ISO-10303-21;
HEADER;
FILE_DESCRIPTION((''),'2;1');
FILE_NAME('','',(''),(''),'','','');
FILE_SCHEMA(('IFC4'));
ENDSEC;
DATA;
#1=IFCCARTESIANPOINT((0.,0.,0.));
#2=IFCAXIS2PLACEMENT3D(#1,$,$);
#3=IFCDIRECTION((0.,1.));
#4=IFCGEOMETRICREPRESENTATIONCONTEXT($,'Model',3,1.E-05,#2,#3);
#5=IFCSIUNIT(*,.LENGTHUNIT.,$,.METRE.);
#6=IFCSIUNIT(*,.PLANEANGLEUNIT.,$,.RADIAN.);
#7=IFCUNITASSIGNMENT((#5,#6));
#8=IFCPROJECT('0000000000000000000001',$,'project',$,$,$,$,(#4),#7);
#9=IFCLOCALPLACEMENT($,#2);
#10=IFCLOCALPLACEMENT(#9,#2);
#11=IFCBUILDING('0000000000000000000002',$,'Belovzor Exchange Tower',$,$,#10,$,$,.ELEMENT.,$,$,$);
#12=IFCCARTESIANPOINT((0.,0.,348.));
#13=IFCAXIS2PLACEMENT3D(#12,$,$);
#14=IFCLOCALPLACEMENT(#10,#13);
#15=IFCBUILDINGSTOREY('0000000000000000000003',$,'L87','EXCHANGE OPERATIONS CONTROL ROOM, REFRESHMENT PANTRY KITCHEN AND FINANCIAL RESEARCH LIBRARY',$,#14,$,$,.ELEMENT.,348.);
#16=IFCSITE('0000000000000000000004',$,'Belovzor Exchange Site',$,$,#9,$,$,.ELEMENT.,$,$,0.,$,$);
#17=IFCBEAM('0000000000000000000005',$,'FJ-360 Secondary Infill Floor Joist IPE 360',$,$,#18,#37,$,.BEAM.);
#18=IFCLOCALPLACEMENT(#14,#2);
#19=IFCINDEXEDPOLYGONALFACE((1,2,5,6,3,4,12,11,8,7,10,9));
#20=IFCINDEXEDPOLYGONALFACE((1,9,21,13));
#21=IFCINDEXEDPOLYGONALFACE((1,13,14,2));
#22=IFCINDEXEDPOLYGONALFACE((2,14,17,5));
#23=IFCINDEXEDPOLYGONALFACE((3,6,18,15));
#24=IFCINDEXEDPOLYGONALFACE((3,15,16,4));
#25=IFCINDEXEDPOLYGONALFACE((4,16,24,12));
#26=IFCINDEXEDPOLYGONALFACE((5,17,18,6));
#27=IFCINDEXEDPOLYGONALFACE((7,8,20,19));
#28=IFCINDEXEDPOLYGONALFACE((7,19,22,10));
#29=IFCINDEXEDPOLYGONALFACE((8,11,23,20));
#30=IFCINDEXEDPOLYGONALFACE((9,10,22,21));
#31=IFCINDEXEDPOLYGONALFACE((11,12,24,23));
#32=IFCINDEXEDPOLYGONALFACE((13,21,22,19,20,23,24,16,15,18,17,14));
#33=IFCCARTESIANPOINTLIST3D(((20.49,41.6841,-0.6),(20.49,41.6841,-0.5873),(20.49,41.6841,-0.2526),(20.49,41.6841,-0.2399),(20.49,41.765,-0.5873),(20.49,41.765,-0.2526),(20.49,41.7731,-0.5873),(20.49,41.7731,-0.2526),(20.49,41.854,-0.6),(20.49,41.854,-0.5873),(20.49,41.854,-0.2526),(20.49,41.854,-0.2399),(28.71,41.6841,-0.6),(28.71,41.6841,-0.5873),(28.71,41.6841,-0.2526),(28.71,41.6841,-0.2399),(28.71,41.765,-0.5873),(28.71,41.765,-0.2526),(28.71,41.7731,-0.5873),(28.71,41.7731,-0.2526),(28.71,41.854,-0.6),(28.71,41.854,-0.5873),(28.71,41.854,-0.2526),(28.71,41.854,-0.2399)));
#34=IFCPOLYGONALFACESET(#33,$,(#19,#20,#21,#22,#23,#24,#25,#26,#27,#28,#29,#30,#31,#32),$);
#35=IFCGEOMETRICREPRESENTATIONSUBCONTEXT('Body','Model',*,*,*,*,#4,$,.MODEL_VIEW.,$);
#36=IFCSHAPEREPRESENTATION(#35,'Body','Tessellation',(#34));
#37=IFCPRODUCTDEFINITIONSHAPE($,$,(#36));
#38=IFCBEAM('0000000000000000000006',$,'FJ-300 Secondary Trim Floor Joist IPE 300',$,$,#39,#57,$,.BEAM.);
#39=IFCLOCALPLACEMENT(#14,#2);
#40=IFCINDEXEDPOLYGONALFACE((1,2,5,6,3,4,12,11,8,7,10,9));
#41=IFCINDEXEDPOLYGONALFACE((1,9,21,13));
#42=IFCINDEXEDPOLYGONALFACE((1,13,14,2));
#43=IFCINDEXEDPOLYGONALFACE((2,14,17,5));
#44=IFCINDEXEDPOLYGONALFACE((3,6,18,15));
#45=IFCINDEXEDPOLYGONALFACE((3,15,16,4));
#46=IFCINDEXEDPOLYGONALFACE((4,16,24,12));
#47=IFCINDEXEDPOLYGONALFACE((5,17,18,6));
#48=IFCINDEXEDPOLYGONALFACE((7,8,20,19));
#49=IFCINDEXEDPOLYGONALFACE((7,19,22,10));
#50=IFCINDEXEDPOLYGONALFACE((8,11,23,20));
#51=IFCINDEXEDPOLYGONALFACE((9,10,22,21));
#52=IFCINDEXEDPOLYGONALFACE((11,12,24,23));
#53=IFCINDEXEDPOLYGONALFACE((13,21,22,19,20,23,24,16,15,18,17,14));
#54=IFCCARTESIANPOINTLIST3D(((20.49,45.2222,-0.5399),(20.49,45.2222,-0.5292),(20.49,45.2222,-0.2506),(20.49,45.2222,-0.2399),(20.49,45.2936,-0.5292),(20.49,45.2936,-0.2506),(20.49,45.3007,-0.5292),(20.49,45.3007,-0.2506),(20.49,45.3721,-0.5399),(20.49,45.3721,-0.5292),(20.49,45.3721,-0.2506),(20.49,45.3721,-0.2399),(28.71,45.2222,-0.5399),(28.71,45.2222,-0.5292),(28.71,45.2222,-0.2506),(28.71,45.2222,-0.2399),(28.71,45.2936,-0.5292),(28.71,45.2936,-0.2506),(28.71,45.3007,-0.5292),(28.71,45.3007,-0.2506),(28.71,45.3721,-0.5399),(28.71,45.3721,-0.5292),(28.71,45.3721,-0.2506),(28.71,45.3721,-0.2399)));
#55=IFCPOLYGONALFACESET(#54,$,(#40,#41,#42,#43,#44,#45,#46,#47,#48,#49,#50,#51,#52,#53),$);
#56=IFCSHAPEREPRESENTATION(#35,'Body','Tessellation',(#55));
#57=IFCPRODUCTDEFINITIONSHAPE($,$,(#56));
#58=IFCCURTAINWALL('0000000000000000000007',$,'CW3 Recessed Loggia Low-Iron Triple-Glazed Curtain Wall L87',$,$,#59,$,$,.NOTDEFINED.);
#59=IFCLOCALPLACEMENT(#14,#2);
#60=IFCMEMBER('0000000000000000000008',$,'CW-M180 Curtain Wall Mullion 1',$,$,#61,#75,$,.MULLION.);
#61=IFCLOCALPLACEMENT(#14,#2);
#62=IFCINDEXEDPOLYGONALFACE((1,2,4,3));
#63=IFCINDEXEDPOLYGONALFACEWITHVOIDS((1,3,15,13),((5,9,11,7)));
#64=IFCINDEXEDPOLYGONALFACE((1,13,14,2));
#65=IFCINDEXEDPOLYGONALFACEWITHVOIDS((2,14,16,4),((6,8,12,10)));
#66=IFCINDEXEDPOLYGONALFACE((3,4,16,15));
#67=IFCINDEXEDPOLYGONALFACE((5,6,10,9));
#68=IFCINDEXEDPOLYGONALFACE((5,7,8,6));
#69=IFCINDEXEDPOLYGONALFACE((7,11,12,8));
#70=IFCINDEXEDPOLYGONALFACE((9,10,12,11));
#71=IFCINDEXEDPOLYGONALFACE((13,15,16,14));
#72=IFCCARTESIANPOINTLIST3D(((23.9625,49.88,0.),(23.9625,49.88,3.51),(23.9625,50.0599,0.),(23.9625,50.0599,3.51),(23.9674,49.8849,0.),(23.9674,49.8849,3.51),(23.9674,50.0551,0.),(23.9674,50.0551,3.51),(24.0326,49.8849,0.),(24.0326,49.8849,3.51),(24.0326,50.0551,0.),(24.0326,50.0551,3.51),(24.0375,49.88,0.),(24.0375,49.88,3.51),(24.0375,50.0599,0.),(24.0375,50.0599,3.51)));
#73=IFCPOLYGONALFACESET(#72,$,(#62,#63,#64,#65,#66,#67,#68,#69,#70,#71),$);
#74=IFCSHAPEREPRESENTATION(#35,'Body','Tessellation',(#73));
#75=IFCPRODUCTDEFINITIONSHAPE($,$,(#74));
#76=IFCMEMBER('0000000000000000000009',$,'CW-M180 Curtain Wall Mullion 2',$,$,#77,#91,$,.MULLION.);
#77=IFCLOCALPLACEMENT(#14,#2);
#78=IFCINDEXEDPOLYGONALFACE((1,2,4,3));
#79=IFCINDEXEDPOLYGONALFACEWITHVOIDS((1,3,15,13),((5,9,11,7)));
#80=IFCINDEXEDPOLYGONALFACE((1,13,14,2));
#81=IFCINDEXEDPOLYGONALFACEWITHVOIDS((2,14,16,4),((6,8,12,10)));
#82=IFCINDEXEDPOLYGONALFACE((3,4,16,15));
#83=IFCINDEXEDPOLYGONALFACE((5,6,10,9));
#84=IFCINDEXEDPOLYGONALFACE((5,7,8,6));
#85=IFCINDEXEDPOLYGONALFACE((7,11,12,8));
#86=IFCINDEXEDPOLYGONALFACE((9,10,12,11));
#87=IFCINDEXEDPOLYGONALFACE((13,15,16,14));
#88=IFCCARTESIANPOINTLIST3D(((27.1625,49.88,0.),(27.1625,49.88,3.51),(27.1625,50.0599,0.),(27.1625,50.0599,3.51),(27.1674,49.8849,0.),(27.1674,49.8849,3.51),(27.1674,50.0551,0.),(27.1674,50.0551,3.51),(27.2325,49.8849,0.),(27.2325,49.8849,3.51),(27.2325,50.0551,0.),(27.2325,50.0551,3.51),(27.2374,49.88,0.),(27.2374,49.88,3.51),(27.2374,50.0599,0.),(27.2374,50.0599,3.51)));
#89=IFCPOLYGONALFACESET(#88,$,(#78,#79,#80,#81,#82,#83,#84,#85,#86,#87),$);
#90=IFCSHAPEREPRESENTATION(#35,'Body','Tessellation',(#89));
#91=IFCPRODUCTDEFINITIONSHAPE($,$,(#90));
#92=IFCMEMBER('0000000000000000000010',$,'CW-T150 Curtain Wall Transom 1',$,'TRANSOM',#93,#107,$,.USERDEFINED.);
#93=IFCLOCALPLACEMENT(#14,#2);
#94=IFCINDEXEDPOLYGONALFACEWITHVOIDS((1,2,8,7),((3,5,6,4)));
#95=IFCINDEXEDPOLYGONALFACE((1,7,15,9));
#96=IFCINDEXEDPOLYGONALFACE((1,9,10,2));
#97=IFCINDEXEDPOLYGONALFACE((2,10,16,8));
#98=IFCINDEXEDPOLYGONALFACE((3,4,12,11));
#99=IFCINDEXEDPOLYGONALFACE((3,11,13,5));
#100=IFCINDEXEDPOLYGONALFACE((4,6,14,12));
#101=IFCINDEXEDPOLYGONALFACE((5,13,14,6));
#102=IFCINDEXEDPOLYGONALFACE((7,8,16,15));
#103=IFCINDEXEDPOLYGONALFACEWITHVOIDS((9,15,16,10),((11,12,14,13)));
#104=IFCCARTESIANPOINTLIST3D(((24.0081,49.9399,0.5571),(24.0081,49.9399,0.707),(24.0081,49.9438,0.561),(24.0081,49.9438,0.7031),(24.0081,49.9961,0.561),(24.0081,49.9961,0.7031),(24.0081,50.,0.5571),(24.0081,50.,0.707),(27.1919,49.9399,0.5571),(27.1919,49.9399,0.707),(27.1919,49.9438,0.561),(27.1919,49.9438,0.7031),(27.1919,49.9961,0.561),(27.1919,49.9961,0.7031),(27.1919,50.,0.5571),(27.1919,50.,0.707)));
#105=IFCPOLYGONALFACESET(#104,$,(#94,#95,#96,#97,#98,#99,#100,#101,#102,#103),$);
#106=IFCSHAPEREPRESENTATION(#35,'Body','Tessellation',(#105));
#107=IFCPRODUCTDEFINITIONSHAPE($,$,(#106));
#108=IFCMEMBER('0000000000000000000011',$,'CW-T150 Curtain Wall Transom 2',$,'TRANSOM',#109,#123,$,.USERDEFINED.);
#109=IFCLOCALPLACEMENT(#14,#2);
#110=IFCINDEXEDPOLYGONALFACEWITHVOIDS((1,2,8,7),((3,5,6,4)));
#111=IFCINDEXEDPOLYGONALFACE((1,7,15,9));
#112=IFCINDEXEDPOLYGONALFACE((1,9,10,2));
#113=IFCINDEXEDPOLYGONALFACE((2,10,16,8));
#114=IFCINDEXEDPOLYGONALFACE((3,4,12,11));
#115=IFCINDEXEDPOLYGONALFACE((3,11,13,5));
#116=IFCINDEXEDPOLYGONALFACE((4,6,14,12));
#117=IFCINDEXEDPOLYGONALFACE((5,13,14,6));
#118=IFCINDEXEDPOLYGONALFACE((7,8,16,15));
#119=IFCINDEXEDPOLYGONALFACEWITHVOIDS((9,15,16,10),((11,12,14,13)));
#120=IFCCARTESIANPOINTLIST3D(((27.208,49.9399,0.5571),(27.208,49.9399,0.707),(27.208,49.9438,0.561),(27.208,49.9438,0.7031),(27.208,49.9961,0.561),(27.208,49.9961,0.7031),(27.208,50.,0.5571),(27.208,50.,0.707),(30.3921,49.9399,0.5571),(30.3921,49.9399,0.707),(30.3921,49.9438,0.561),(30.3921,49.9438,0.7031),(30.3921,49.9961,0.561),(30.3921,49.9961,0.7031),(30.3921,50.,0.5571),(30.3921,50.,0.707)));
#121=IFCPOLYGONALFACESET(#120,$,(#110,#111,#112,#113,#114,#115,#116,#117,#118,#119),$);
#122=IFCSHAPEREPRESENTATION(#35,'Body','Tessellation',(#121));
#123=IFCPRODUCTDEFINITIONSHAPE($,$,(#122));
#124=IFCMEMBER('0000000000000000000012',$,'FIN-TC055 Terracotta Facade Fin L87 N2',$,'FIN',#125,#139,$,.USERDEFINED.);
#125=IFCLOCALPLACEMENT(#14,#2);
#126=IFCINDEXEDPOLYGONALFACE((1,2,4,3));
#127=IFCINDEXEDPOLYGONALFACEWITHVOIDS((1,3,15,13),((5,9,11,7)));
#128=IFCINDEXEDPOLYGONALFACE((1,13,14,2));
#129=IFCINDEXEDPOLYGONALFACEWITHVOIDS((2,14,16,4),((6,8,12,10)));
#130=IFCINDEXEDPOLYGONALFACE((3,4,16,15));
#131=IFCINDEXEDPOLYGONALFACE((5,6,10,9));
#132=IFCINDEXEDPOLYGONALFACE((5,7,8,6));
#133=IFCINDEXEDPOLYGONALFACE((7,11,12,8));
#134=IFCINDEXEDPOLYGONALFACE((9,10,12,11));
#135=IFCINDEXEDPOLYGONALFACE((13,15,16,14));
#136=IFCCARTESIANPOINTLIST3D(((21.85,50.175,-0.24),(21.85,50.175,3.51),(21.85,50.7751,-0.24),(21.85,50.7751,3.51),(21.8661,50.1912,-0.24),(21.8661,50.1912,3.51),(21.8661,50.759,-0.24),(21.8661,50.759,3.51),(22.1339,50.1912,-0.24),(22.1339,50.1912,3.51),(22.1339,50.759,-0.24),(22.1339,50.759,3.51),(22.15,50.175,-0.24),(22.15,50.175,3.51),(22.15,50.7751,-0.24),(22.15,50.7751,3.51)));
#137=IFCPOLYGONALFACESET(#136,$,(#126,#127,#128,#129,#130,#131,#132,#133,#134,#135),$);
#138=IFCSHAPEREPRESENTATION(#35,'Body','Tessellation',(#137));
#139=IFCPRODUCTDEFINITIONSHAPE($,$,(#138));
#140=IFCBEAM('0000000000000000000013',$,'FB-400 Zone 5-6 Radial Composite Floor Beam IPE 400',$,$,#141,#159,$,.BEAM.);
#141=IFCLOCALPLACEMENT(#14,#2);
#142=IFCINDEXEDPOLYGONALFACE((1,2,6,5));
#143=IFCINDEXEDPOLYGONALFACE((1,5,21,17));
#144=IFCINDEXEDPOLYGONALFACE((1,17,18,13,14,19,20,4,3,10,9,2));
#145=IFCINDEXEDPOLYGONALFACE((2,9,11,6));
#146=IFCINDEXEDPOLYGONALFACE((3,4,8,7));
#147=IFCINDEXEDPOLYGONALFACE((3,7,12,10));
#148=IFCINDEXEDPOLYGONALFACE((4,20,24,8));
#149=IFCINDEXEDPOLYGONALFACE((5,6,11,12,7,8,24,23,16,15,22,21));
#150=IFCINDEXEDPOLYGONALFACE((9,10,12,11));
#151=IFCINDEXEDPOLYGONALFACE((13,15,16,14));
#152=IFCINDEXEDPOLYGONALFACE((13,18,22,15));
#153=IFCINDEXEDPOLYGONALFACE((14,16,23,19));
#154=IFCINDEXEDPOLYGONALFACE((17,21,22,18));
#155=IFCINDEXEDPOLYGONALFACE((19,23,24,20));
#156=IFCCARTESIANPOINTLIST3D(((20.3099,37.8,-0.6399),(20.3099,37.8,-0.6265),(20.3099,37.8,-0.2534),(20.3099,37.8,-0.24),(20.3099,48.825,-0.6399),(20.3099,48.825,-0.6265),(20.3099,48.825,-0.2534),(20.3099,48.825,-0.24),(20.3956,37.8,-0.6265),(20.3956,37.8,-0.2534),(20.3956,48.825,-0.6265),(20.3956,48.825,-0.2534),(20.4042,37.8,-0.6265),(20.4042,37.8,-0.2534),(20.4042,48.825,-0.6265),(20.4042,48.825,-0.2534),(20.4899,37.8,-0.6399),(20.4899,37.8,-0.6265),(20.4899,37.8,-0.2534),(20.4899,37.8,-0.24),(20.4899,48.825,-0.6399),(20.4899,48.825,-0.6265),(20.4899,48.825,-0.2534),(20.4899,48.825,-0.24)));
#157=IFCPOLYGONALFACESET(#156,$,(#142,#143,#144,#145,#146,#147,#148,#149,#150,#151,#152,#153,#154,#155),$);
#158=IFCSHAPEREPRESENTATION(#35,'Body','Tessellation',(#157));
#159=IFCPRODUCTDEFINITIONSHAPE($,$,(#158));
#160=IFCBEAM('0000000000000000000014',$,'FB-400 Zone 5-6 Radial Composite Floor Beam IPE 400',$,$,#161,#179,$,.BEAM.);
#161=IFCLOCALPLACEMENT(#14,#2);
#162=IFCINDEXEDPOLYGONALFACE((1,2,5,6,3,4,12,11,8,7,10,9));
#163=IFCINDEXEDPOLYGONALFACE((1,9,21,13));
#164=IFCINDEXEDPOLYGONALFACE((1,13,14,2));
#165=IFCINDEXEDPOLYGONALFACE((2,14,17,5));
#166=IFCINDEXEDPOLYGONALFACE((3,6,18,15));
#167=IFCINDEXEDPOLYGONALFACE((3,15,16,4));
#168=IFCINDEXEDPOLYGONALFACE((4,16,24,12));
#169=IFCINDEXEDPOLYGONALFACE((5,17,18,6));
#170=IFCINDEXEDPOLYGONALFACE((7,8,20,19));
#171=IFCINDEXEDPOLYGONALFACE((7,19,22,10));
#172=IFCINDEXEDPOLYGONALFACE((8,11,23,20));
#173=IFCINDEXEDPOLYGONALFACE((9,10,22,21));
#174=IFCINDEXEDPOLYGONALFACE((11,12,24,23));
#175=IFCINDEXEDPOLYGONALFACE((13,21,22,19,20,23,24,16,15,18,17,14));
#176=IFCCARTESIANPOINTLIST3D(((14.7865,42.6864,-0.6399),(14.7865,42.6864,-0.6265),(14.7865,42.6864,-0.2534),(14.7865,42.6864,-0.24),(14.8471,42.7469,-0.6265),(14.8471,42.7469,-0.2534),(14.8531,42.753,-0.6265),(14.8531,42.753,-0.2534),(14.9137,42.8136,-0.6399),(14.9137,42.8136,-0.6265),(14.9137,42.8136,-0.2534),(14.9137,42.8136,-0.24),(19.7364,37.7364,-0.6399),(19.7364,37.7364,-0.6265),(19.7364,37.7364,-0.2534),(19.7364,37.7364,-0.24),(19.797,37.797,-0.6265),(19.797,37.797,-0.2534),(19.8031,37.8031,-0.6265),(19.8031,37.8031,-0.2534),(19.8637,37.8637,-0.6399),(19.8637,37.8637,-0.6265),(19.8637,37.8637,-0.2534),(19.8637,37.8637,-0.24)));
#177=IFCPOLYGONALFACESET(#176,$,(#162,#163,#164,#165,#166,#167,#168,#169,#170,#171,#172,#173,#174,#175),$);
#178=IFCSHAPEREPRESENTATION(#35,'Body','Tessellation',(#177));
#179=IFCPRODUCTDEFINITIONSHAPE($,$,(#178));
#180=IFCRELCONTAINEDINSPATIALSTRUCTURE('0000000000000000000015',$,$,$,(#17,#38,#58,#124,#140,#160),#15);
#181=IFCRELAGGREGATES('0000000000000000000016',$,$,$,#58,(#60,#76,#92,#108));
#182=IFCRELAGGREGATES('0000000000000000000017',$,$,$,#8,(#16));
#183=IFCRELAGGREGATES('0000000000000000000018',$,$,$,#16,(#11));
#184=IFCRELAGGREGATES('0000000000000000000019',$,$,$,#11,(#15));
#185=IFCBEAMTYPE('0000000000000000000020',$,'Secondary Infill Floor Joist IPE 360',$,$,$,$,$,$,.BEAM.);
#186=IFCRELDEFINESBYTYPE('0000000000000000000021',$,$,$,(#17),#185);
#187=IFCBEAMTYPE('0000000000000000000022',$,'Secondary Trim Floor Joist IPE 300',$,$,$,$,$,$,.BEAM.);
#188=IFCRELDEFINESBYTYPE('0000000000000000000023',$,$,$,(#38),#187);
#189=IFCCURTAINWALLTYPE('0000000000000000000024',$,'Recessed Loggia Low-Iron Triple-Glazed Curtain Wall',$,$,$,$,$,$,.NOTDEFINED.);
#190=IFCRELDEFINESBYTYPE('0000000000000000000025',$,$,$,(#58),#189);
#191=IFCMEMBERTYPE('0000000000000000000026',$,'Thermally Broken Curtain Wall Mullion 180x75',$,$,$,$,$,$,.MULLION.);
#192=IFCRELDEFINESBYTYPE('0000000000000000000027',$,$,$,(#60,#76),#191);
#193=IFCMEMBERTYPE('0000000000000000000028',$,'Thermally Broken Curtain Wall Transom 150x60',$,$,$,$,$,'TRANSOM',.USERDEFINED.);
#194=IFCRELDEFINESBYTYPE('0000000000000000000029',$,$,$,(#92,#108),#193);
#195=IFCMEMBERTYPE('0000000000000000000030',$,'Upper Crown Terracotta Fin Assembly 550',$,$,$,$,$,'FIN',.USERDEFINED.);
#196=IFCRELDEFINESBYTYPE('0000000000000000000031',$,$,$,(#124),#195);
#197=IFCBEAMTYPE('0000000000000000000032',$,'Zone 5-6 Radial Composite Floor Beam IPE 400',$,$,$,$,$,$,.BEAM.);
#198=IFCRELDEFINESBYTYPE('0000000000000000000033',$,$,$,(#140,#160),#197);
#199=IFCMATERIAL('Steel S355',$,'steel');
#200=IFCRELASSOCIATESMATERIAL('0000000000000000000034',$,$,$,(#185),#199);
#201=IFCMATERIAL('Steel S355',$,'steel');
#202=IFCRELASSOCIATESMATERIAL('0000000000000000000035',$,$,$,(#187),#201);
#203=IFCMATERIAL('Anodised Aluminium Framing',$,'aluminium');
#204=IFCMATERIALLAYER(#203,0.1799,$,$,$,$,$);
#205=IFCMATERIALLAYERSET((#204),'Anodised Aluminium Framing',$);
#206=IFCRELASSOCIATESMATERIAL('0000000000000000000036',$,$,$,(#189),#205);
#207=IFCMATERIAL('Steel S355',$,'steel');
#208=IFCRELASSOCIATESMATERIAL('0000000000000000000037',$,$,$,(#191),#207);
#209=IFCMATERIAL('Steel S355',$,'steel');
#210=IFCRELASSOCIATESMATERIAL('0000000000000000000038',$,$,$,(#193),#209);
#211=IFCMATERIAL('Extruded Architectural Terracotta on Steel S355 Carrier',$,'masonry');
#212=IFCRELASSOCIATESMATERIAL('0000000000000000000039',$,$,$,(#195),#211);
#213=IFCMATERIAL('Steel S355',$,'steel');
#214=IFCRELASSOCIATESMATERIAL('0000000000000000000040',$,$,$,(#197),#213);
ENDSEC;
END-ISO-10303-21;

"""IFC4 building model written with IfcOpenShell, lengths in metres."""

from ifc_helpers import new_model, si_unit, direction, frame, origin, origin_2d, place, context, subcontext, project, spatial, hollow_rectangle, i_section, extrude, material, layer, layer_set, material_profile, profile_set, type_object, element, aggregate, save


model = new_model("IFC4")

# Units and contexts
model_context = context("Model", 3, precision=1e-05, world=origin(), true_north=direction((0.0, 1.0)))
body_context = subcontext(model_context, "Body", "Model", "MODEL_VIEW")
ifc_project = project(units=[si_unit("LENGTHUNIT", "METRE"), si_unit("PLANEANGLEUNIT", "RADIAN")], contexts=[model_context])

# Site, building, storey
site_placement = place(None, origin())
site = spatial("IfcSite", under=ifc_project, at=site_placement, Name="Belovzor Exchange Site", CompositionType="ELEMENT", RefElevation=0.0)
building_placement = place(site_placement, origin())
building = spatial("IfcBuilding", under=site, at=building_placement, Name="Belovzor Exchange Tower", CompositionType="ELEMENT")
storey_placement = place(building_placement, frame((0.0, 0.0, 348.0)))
storey = spatial("IfcBuildingStorey", under=building, at=storey_placement, Name="L87", Description="EXCHANGE OPERATIONS CONTROL ROOM, REFRESHMENT PANTRY KITCHEN AND FINANCIAL RESEARCH LIBRARY", CompositionType="ELEMENT", Elevation=348.0)

# Beams
ifc_material_1 = material(Name="Steel S355", Category="steel")
ifc_material_profile_1 = material_profile(ifc_material_1, i_section(OverallWidth=0.1699, OverallDepth=0.3601, WebThickness=0.0081, FlangeThickness=0.0127, at=origin_2d()))
ifc_profile_set_1 = profile_set([ifc_material_profile_1], Name="Steel S355")
beam_type_1 = type_object("IfcBeamType", Name="Secondary Infill Floor Joist IPE 360", PredefinedType="BEAM", material=ifc_profile_set_1)
beam_1_placement = place(storey_placement, frame((20.49, 41.769, -0.4199), z_axis=(1.0, 0.0, 0.0), x_axis=(0.0, 1.0, 0.0)))
element("IfcBeam", 1, at=beam_1_placement, inside=storey, type_object=beam_type_1, Name="FJ-360 Secondary Infill Floor Joist IPE 360", PredefinedType="BEAM", context=body_context, shape_type="SweptSolid", body=[
    extrude(i_section(OverallWidth=0.1699, OverallDepth=0.3601, WebThickness=0.0081, FlangeThickness=0.0127, at=origin_2d()), origin(), (0.0, 0.0, 1.0), 8.22),
])
ifc_material_2 = material(Name="Steel S355", Category="steel")
ifc_material_profile_2 = material_profile(ifc_material_2, i_section(OverallWidth=0.1499, OverallDepth=0.3, WebThickness=0.0071, FlangeThickness=0.0107, at=origin_2d()))
ifc_profile_set_2 = profile_set([ifc_material_profile_2], Name="Steel S355")
beam_type_2 = type_object("IfcBeamType", Name="Secondary Trim Floor Joist IPE 300", PredefinedType="BEAM", material=ifc_profile_set_2)
beam_2_placement = place(storey_placement, frame((20.49, 45.2971, -0.3899), z_axis=(1.0, 0.0, 0.0), x_axis=(0.0, 1.0, 0.0)))
element("IfcBeam", 2, at=beam_2_placement, inside=storey, type_object=beam_type_2, Name="FJ-300 Secondary Trim Floor Joist IPE 300", PredefinedType="BEAM", context=body_context, shape_type="SweptSolid", body=[
    extrude(i_section(OverallWidth=0.1499, OverallDepth=0.3, WebThickness=0.0071, FlangeThickness=0.0107, at=origin_2d()), origin(), (0.0, 0.0, 1.0), 8.22),
])

# Curtain wall, members
ifc_material_3 = material(Name="Anodised Aluminium Framing", Category="aluminium")
ifc_layer_1 = layer(ifc_material_3, 0.1799)
ifc_layer_set_1 = layer_set([ifc_layer_1], Name="Anodised Aluminium Framing")
curtain_wall_type = type_object("IfcCurtainWallType", Name="Recessed Loggia Low-Iron Triple-Glazed Curtain Wall", PredefinedType="NOTDEFINED", material=ifc_layer_set_1)
curtain_wall_placement = place(storey_placement, origin())
curtain_wall = element("IfcCurtainWall", 3, at=curtain_wall_placement, inside=storey, type_object=curtain_wall_type, Name="CW3 Recessed Loggia Low-Iron Triple-Glazed Curtain Wall L87", PredefinedType="NOTDEFINED")
ifc_material_4 = material(Name="Steel S355", Category="steel")
ifc_material_profile_3 = material_profile(ifc_material_4, hollow_rectangle(XDim=0.075, YDim=0.1799, WallThickness=0.0049, at=origin_2d()))
ifc_profile_set_3 = profile_set([ifc_material_profile_3], Name="Steel S355")
member_type_1 = type_object("IfcMemberType", Name="Thermally Broken Curtain Wall Mullion 180x75", PredefinedType="MULLION", material=ifc_profile_set_3)
member_1_placement = place(storey_placement, frame((24.0, 49.97, 0.0), z_axis=(0.0, 0.0, 1.0), x_axis=(1.0, 0.0, 0.0)))
member_1 = element("IfcMember", 4, at=member_1_placement, type_object=member_type_1, Name="CW-M180 Curtain Wall Mullion 1", PredefinedType="MULLION", context=body_context, shape_type="SweptSolid", body=[
    extrude(hollow_rectangle(XDim=0.075, YDim=0.1799, WallThickness=0.0049, at=origin_2d()), origin(), (0.0, 0.0, 1.0), 3.51),
])
member_2_placement = place(storey_placement, frame((27.2, 49.97, 0.0), z_axis=(0.0, 0.0, 1.0), x_axis=(1.0, 0.0, 0.0)))
member_2 = element("IfcMember", 5, at=member_2_placement, type_object=member_type_1, Name="CW-M180 Curtain Wall Mullion 2", PredefinedType="MULLION", context=body_context, shape_type="SweptSolid", body=[
    extrude(hollow_rectangle(XDim=0.075, YDim=0.1799, WallThickness=0.0049, at=origin_2d()), origin(), (0.0, 0.0, 1.0), 3.51),
])
ifc_material_5 = material(Name="Steel S355", Category="steel")
ifc_material_profile_4 = material_profile(ifc_material_5, hollow_rectangle(XDim=0.0601, YDim=0.1499, WallThickness=0.0039, at=origin_2d()))
ifc_profile_set_4 = profile_set([ifc_material_profile_4], Name="Steel S355")
member_type_2 = type_object("IfcMemberType", Name="Thermally Broken Curtain Wall Transom 150x60", ElementType="TRANSOM", PredefinedType="USERDEFINED", material=ifc_profile_set_4)
member_3_placement = place(storey_placement, frame((24.0081, 49.97, 0.6321), z_axis=(1.0, 0.0, 0.0), x_axis=(0.0, 1.0, 0.0)))
member_3 = element("IfcMember", 6, at=member_3_placement, type_object=member_type_2, Name="CW-T150 Curtain Wall Transom 1", ObjectType="TRANSOM", PredefinedType="USERDEFINED", context=body_context, shape_type="SweptSolid", body=[
    extrude(hollow_rectangle(XDim=0.0601, YDim=0.1499, WallThickness=0.0039, at=origin_2d()), origin(), (0.0, 0.0, 1.0), 3.1838),
])
member_4_placement = place(storey_placement, frame((27.208, 49.97, 0.6321), z_axis=(1.0, 0.0, 0.0), x_axis=(0.0, 1.0, 0.0)))
member_4 = element("IfcMember", 7, at=member_4_placement, type_object=member_type_2, Name="CW-T150 Curtain Wall Transom 2", ObjectType="TRANSOM", PredefinedType="USERDEFINED", context=body_context, shape_type="SweptSolid", body=[
    extrude(hollow_rectangle(XDim=0.0601, YDim=0.1499, WallThickness=0.0039, at=origin_2d()), origin(), (0.0, 0.0, 1.0), 3.1841),
])

# Member
ifc_material_6 = material(Name="Extruded Architectural Terracotta on Steel S355 Carrier", Category="masonry")
ifc_material_profile_5 = material_profile(ifc_material_6, hollow_rectangle(XDim=0.3, YDim=0.6001, WallThickness=0.0161, at=origin_2d()))
ifc_profile_set_5 = profile_set([ifc_material_profile_5], Name="Extruded Architectural Terracotta on Steel S355 Carrier")
member_type_3 = type_object("IfcMemberType", Name="Upper Crown Terracotta Fin Assembly 550", ElementType="FIN", PredefinedType="USERDEFINED", material=ifc_profile_set_5)
member_5_placement = place(storey_placement, frame((22.0, 50.4751, -0.24), z_axis=(0.0, 0.0, 1.0), x_axis=(1.0, 0.0, 0.0)))
element("IfcMember", 8, at=member_5_placement, inside=storey, type_object=member_type_3, Name="FIN-TC055 Terracotta Facade Fin L87 N2", ObjectType="FIN", PredefinedType="USERDEFINED", context=body_context, shape_type="SweptSolid", body=[
    extrude(hollow_rectangle(XDim=0.3, YDim=0.6001, WallThickness=0.0161, at=origin_2d()), origin(), (0.0, 0.0, 1.0), 3.75),
])

# Beams
ifc_material_7 = material(Name="Steel S355", Category="steel")
ifc_material_profile_6 = material_profile(ifc_material_7, i_section(OverallWidth=0.1799, OverallDepth=0.3999, WebThickness=0.0085, FlangeThickness=0.0134, at=origin_2d()))
ifc_profile_set_6 = profile_set([ifc_material_profile_6], Name="Steel S355")
beam_type_3 = type_object("IfcBeamType", Name="Zone 5-6 Radial Composite Floor Beam IPE 400", PredefinedType="BEAM", material=ifc_profile_set_6)
beam_3_placement = place(storey_placement, frame((20.3999, 37.8, -0.4399), z_axis=(0.0, 1.0, 0.0), x_axis=(-1.0, 0.0, 0.0)))
element("IfcBeam", 9, at=beam_3_placement, inside=storey, type_object=beam_type_3, Name="FB-400 Zone 5-6 Radial Composite Floor Beam IPE 400", PredefinedType="BEAM", context=body_context, shape_type="SweptSolid", body=[
    extrude(i_section(OverallWidth=0.1799, OverallDepth=0.3999, WebThickness=0.0085, FlangeThickness=0.0134, at=origin_2d()), origin(), (0.0, 0.0, 1.0), 11.0249),
])
beam_4_placement = place(storey_placement, frame((19.8, 37.8, -0.4399), z_axis=(-0.707107, 0.707107, 0.0), x_axis=(-0.707107, -0.707107, 0.0)))
element("IfcBeam", 10, at=beam_4_placement, inside=storey, type_object=beam_type_3, Name="FB-400 Zone 5-6 Radial Composite Floor Beam IPE 400", PredefinedType="BEAM", context=body_context, shape_type="SweptSolid", body=[
    extrude(i_section(OverallWidth=0.1799, OverallDepth=0.3999, WebThickness=0.0085, FlangeThickness=0.0134, at=origin_2d()), origin(), (0.0, 0.0, 1.0), 7.0002),
])

aggregate(curtain_wall, [member_1, member_2, member_3, member_4])

save(model, "model.ifc")
